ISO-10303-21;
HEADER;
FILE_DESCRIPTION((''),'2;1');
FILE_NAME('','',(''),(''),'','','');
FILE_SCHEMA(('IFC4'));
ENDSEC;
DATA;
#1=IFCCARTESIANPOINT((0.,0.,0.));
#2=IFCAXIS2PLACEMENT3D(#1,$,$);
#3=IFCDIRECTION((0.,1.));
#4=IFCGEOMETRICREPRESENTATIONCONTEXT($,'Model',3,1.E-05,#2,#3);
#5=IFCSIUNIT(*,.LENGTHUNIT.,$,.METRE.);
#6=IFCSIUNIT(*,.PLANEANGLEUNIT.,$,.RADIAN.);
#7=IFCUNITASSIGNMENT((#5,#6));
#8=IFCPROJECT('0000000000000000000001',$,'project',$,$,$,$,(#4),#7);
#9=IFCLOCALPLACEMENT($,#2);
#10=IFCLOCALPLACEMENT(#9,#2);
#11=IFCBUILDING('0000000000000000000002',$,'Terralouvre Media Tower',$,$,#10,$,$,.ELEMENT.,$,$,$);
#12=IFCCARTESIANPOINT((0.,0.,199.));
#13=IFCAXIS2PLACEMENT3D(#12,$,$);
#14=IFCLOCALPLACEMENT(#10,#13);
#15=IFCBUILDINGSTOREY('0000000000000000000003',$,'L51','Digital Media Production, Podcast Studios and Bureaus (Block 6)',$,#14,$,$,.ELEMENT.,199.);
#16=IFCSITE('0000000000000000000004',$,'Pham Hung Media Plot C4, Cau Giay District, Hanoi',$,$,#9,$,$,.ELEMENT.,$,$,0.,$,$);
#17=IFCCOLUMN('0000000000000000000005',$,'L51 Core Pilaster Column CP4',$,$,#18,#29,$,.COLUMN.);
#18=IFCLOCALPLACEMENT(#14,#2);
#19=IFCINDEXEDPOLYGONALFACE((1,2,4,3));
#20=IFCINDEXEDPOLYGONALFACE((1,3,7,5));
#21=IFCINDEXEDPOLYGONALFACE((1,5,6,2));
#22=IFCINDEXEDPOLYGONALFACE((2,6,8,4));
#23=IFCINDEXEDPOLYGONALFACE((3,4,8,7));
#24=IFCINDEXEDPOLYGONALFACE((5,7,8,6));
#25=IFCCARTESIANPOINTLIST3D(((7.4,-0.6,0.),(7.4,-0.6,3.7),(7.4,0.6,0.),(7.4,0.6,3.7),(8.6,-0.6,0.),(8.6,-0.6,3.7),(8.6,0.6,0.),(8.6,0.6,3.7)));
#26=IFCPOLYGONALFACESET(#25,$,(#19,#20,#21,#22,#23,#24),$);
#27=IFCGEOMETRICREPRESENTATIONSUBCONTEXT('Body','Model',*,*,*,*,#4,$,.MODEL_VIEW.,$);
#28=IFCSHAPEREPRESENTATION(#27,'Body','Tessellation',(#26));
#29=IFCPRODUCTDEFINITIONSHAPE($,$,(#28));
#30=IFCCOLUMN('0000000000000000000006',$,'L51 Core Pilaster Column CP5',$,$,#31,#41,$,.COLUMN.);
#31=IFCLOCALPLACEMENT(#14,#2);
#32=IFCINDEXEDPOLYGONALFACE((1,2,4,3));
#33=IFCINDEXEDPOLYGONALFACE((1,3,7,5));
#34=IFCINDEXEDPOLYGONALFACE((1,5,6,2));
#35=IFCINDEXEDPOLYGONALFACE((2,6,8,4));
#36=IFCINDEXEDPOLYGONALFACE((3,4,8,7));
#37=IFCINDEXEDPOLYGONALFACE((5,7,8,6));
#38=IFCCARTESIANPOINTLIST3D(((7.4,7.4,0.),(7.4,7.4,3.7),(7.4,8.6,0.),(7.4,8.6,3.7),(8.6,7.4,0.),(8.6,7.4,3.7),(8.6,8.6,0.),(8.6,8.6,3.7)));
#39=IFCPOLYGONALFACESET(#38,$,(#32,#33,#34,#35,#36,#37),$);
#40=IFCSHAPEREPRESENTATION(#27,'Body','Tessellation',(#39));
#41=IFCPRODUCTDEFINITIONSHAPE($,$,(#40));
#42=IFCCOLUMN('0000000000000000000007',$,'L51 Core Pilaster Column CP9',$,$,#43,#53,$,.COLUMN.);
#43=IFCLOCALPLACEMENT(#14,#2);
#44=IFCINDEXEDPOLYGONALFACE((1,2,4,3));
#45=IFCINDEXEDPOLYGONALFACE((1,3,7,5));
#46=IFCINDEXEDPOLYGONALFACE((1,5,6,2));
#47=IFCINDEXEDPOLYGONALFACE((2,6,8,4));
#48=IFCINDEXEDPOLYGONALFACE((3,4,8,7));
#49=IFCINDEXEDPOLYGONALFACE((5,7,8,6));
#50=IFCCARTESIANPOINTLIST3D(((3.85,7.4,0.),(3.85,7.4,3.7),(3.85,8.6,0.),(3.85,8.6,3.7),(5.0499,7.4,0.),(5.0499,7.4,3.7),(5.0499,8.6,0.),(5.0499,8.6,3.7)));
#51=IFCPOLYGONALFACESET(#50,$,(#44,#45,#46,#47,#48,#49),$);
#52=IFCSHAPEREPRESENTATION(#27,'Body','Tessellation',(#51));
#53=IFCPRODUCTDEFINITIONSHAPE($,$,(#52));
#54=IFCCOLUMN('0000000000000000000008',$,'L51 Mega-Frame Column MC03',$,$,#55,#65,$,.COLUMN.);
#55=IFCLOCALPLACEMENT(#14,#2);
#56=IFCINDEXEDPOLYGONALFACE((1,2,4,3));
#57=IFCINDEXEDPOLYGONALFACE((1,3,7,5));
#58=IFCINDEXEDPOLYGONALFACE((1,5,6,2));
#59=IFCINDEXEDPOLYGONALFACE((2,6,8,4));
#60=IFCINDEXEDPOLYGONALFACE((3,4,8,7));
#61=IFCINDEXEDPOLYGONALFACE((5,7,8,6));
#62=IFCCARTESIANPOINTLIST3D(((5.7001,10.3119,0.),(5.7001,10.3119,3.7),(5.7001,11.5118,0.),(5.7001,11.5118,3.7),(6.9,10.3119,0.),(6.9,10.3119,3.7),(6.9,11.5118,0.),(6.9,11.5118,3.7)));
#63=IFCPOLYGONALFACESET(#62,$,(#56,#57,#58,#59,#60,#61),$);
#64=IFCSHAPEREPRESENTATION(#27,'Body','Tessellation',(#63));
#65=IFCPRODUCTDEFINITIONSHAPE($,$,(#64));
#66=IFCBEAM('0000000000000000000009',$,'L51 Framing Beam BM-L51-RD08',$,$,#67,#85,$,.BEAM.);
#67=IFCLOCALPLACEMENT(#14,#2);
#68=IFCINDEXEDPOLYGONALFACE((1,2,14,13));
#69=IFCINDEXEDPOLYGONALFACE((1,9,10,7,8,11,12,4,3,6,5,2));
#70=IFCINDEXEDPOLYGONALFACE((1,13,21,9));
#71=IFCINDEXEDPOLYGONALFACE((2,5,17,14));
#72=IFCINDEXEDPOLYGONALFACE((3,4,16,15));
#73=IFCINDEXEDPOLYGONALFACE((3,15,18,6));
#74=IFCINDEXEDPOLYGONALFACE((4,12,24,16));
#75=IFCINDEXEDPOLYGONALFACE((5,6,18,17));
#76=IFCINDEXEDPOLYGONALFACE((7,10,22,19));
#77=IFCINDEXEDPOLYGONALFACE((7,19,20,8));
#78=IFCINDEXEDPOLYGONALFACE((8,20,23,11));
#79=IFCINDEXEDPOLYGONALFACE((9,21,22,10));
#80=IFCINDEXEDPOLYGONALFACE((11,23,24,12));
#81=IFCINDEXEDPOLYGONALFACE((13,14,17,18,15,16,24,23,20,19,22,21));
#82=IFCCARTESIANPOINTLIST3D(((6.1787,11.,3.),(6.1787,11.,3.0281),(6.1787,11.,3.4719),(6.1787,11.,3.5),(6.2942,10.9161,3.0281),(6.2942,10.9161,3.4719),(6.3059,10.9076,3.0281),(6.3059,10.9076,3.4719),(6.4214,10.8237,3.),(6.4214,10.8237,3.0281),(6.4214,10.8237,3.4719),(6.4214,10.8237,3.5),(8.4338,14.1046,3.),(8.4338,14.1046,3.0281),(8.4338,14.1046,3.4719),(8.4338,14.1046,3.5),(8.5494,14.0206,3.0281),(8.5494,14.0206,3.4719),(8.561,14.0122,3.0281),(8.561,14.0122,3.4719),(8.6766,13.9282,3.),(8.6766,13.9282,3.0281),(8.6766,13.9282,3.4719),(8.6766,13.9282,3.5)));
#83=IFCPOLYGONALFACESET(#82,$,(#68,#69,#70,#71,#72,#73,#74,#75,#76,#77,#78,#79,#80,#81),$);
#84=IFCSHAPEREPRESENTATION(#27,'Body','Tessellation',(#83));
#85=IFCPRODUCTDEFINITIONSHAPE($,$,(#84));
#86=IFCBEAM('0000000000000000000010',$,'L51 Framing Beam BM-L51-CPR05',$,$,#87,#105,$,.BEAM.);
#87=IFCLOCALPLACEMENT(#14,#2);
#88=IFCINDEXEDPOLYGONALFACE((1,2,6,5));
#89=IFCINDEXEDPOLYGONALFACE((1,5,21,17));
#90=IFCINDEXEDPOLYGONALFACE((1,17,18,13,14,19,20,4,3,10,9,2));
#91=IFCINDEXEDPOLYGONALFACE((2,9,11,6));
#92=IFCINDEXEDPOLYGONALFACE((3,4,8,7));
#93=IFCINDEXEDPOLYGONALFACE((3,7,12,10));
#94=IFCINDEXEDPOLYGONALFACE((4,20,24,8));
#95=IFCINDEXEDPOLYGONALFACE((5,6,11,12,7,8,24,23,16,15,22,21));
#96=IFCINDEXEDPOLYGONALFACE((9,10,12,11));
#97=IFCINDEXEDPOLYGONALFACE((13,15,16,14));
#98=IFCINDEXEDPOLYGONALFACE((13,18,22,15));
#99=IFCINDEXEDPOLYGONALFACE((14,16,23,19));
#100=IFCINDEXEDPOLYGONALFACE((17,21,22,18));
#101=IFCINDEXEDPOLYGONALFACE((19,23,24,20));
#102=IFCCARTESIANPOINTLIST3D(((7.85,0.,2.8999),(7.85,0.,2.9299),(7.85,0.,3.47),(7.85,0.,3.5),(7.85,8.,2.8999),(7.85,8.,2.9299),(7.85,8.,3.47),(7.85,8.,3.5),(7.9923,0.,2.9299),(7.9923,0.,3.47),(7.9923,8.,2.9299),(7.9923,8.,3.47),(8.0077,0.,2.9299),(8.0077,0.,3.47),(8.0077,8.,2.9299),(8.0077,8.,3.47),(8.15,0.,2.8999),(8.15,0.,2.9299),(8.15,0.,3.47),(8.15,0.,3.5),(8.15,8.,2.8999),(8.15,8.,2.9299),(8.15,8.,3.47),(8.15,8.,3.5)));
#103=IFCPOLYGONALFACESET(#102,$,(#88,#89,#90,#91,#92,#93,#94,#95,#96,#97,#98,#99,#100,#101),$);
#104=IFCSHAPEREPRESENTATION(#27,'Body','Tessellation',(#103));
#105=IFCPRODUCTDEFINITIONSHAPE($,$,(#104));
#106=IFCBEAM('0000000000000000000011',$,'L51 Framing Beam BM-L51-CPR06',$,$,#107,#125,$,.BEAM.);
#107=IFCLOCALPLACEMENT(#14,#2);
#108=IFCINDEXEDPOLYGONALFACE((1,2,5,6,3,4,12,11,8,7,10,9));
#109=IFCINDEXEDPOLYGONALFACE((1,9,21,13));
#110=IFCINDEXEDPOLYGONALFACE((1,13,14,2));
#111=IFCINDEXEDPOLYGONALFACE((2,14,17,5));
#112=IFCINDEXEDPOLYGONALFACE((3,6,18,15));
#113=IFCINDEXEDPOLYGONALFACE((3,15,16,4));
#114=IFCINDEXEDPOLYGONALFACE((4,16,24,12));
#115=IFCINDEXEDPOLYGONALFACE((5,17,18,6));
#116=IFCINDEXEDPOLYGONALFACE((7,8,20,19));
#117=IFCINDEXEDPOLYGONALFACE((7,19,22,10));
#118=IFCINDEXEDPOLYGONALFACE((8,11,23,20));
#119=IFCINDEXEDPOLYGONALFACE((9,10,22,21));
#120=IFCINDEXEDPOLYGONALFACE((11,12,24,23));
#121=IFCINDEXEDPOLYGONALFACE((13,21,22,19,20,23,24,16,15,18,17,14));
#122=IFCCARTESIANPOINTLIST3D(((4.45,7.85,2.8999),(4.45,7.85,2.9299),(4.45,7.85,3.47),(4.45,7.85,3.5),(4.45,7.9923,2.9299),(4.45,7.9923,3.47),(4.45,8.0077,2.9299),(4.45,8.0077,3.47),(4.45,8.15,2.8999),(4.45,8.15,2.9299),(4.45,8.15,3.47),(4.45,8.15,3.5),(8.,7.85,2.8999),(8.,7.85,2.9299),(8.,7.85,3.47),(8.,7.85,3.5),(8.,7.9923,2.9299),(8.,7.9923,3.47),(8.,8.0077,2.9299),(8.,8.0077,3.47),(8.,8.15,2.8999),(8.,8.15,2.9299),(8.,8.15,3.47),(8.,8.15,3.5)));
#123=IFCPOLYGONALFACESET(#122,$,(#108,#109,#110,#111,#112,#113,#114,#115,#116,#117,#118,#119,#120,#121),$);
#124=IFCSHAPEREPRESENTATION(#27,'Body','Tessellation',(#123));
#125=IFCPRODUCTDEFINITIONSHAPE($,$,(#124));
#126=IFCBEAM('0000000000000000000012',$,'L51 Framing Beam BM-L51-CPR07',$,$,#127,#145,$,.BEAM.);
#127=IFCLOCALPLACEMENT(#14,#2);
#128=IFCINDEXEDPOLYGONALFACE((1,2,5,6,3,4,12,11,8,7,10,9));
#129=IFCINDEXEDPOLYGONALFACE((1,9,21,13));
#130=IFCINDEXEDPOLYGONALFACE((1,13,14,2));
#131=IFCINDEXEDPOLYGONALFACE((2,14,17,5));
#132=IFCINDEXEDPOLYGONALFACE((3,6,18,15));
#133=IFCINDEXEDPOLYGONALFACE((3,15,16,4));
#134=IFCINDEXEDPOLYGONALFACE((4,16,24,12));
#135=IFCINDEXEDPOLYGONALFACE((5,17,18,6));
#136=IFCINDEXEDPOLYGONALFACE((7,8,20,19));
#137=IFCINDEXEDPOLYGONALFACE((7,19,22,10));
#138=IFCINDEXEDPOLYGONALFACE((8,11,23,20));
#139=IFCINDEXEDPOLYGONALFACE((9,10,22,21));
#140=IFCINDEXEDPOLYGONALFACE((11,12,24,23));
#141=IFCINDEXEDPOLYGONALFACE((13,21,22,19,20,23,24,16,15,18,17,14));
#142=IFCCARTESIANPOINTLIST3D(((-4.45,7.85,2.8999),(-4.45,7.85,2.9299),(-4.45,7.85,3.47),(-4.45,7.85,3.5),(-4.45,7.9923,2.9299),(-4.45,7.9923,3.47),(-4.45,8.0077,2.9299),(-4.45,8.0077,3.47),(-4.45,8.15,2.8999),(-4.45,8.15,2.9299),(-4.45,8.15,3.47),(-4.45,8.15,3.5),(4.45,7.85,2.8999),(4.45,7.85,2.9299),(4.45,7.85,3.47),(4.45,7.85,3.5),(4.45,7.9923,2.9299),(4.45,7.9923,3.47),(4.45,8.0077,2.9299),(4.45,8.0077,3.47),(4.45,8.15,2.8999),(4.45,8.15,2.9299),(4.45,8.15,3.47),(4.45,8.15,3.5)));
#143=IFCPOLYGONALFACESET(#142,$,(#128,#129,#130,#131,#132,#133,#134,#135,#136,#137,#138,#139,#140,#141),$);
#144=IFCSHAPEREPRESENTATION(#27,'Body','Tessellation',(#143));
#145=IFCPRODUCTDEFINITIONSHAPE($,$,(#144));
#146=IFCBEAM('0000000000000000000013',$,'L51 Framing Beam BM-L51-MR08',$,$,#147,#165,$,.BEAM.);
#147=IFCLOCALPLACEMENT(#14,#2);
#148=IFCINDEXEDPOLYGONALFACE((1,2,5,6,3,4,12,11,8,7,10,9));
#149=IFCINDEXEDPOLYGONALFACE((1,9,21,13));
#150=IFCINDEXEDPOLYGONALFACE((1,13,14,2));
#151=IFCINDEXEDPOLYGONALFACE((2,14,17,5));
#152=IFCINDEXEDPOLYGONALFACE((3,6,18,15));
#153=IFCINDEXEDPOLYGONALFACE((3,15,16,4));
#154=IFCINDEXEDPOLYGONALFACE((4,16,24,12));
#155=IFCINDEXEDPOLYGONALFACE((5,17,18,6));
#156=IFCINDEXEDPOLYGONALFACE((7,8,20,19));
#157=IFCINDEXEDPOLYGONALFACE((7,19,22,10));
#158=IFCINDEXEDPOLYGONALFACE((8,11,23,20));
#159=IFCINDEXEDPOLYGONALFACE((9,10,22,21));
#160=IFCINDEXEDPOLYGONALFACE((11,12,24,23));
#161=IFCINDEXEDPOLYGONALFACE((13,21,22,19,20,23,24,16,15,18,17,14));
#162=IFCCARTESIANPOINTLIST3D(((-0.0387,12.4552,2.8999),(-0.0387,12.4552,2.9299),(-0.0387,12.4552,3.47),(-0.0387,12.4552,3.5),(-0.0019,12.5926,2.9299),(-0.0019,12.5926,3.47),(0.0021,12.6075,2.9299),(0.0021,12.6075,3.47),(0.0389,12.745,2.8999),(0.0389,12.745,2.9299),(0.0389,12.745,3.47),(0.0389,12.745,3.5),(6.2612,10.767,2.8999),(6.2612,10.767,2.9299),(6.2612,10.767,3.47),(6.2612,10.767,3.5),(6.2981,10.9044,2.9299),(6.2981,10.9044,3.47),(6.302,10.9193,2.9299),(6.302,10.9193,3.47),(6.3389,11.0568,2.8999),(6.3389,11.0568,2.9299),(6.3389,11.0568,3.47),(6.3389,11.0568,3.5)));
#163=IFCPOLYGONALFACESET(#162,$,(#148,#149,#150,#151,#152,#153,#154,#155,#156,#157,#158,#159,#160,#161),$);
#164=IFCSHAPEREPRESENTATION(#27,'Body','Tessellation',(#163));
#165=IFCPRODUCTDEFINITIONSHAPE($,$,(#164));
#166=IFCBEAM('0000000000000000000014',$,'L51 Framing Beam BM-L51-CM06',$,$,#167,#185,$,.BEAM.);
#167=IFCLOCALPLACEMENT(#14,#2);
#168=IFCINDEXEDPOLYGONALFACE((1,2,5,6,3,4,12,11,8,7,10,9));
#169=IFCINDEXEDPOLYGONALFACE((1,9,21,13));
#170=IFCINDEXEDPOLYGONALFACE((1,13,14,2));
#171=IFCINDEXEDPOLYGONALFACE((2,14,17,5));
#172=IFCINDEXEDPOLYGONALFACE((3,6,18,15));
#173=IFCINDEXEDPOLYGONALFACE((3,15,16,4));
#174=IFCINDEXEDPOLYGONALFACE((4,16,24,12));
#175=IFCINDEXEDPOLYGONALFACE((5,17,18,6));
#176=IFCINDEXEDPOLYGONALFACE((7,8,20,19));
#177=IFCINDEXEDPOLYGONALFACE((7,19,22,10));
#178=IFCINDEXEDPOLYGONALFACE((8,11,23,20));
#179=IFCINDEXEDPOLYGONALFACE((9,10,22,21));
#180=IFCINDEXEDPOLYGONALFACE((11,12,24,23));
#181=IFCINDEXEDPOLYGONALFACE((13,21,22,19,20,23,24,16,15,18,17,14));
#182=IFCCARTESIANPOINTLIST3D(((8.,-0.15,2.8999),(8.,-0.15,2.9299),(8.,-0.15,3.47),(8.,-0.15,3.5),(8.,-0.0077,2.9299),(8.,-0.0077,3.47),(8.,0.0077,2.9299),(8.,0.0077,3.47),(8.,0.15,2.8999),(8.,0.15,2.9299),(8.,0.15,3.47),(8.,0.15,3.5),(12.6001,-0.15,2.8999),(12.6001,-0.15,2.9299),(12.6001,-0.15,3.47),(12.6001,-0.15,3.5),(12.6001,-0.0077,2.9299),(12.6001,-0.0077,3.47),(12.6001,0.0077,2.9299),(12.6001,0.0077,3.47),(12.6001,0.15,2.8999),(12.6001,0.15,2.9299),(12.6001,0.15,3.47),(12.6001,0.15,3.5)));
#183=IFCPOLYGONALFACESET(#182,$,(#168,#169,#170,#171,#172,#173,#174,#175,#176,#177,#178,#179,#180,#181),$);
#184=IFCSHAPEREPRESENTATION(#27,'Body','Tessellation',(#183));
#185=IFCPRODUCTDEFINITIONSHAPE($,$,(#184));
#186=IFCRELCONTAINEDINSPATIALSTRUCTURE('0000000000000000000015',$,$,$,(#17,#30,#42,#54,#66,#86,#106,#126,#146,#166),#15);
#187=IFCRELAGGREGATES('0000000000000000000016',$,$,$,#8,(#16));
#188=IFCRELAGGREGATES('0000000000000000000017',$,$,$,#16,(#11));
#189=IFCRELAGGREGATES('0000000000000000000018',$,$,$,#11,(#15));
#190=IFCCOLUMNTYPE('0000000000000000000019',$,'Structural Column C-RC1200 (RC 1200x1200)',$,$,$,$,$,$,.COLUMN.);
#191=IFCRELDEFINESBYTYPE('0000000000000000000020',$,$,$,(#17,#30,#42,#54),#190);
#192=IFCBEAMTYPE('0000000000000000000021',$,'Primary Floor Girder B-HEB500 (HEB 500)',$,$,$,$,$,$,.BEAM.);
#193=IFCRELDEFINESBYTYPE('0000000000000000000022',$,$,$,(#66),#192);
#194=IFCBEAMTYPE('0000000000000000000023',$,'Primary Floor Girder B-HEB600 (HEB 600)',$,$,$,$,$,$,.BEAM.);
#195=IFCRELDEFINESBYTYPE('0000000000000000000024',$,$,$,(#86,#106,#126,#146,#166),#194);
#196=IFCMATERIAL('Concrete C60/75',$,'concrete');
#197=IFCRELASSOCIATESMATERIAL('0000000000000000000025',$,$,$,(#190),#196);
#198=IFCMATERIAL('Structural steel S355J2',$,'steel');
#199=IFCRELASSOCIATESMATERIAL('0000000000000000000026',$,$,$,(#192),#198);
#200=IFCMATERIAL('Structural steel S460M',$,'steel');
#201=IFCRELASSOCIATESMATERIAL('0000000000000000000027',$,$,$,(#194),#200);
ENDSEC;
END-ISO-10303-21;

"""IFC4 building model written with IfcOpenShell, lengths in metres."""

from ifc_helpers import new_model, si_unit, direction, frame, origin, origin_2d, place, context, subcontext, project, spatial, rectangle, i_section, extrude, material, material_profile, profile_set, type_object, element, save


model = new_model("IFC4")

# Units and contexts
model_context = context("Model", 3, precision=1e-05, world=origin(), true_north=direction((0.0, 1.0)))
body_context = subcontext(model_context, "Body", "Model", "MODEL_VIEW")
ifc_project = project(units=[si_unit("LENGTHUNIT", "METRE"), si_unit("PLANEANGLEUNIT", "RADIAN")], contexts=[model_context])

# Site, building, storey
site_placement = place(None, origin())
site = spatial("IfcSite", under=ifc_project, at=site_placement, Name="Pham Hung Media Plot C4, Cau Giay District, Hanoi", CompositionType="ELEMENT", RefElevation=0.0)
building_placement = place(site_placement, origin())
building = spatial("IfcBuilding", under=site, at=building_placement, Name="Terralouvre Media Tower", CompositionType="ELEMENT")
storey_placement = place(building_placement, frame((0.0, 0.0, 199.0)))
storey = spatial("IfcBuildingStorey", under=building, at=storey_placement, Name="L51", Description="Digital Media Production, Podcast Studios and Bureaus (Block 6)", CompositionType="ELEMENT", Elevation=199.0)

# Columns
ifc_material_1 = material(Name="Concrete C60/75", Category="concrete")
ifc_material_profile_1 = material_profile(ifc_material_1, rectangle(XDim=1.2, YDim=1.2, at=origin_2d()), Name="RC 1200x1200")
ifc_profile_set_1 = profile_set([ifc_material_profile_1], Name="Concrete C60/75")
column_type = type_object("IfcColumnType", Name="Structural Column C-RC1200 (RC 1200x1200)", PredefinedType="COLUMN", material=ifc_profile_set_1)
for number, where, z_axis, x_axis, name in (
    (1, (8.0, 0.0, 0.0), (0.0, 0.0, 1.0), (1.0, 0.0, 0.0), "L51 Core Pilaster Column CP4"),
    (2, (8.0, 8.0, 0.0), (0.0, 0.0, 1.0), (1.0, 0.0, 0.0), "L51 Core Pilaster Column CP5"),
    (3, (4.45, 8.0, 0.0), (0.0, 0.0, 1.0), (1.0, 0.0, 0.0), "L51 Core Pilaster Column CP9"),
    (4, (6.3, 10.9119, 0.0), (0.0, 0.0, 1.0), (1.0, 0.0, 0.0), "L51 Mega-Frame Column MC03"),
):
    element("IfcColumn", number, at=place(storey_placement, frame(where, z_axis=z_axis, x_axis=x_axis)), inside=storey, type_object=column_type, Name=name, PredefinedType="COLUMN", context=body_context, shape_type="SweptSolid", body=[
        extrude(rectangle(XDim=1.2, YDim=1.2, at=origin_2d()), origin(), (0.0, 0.0, 1.0), 3.7),
    ])

# Beams
ifc_material_2 = material(Name="Structural steel S355J2", Category="steel")
ifc_material_profile_2 = material_profile(ifc_material_2, i_section(OverallWidth=0.3, OverallDepth=0.5, WebThickness=0.0144, FlangeThickness=0.0281, at=origin_2d()), Name="HEB 500")
ifc_profile_set_2 = profile_set([ifc_material_profile_2], Name="Structural steel S355J2")
beam_type_1 = type_object("IfcBeamType", Name="Primary Floor Girder B-HEB500 (HEB 500)", PredefinedType="BEAM", material=ifc_profile_set_2)
beam_1_placement = place(storey_placement, frame((6.3, 10.9119, 3.25), z_axis=(0.587714, 0.809069, 0.0), x_axis=(-0.809069, 0.587714, 0.0)))
element("IfcBeam", 5, at=beam_1_placement, inside=storey, type_object=beam_type_1, Name="L51 Framing Beam BM-L51-RD08", PredefinedType="BEAM", context=body_context, shape_type="SweptSolid", body=[
    extrude(i_section(OverallWidth=0.3, OverallDepth=0.5, WebThickness=0.0144, FlangeThickness=0.0281, at=origin_2d()), origin(), (0.0, 0.0, 1.0), 3.8372),
])
ifc_material_3 = material(Name="Structural steel S460M", Category="steel")
ifc_material_profile_3 = material_profile(ifc_material_3, i_section(OverallWidth=0.3, OverallDepth=0.6001, WebThickness=0.0154, FlangeThickness=0.03, at=origin_2d()), Name="HEB 600")
ifc_profile_set_3 = profile_set([ifc_material_profile_3], Name="Structural steel S460M")
beam_type_2 = type_object("IfcBeamType", Name="Primary Floor Girder B-HEB600 (HEB 600)", PredefinedType="BEAM", material=ifc_profile_set_3)
beam_2_placement = place(storey_placement, frame((8.0, 0.0, 3.2), z_axis=(0.0, 1.0, 0.0), x_axis=(-1.0, 0.0, 0.0)))
element("IfcBeam", 6, at=beam_2_placement, inside=storey, type_object=beam_type_2, Name="L51 Framing Beam BM-L51-CPR05", PredefinedType="BEAM", context=body_context, shape_type="SweptSolid", body=[
    extrude(i_section(OverallWidth=0.3, OverallDepth=0.6001, WebThickness=0.0154, FlangeThickness=0.03, at=origin_2d()), origin(), (0.0, 0.0, 1.0), 8.0),
])
beam_3_placement = place(storey_placement, frame((8.0, 8.0, 3.2), z_axis=(-1.0, 0.0, 0.0), x_axis=(0.0, -1.0, 0.0)))
element("IfcBeam", 7, at=beam_3_placement, inside=storey, type_object=beam_type_2, Name="L51 Framing Beam BM-L51-CPR06", PredefinedType="BEAM", context=body_context, shape_type="SweptSolid", body=[
    extrude(i_section(OverallWidth=0.3, OverallDepth=0.6001, WebThickness=0.0154, FlangeThickness=0.03, at=origin_2d()), origin(), (0.0, 0.0, 1.0), 3.55),
])
beam_4_placement = place(storey_placement, frame((4.45, 8.0, 3.2), z_axis=(-1.0, 0.0, 0.0), x_axis=(0.0, -1.0, 0.0)))
element("IfcBeam", 8, at=beam_4_placement, inside=storey, type_object=beam_type_2, Name="L51 Framing Beam BM-L51-CPR07", PredefinedType="BEAM", context=body_context, shape_type="SweptSolid", body=[
    extrude(i_section(OverallWidth=0.3, OverallDepth=0.6001, WebThickness=0.0154, FlangeThickness=0.03, at=origin_2d()), origin(), (0.0, 0.0, 1.0), 8.8999),
])
beam_5_placement = place(storey_placement, frame((6.3, 10.9119, 3.2), z_axis=(-0.96592, 0.258839, 0.0), x_axis=(-0.258839, -0.96592, 0.0)))
element("IfcBeam", 9, at=beam_5_placement, inside=storey, type_object=beam_type_2, Name="L51 Framing Beam BM-L51-MR08", PredefinedType="BEAM", context=body_context, shape_type="SweptSolid", body=[
    extrude(i_section(OverallWidth=0.3, OverallDepth=0.6001, WebThickness=0.0154, FlangeThickness=0.03, at=origin_2d()), origin(), (0.0, 0.0, 1.0), 6.5222),
])
beam_6_placement = place(storey_placement, frame((8.0, 0.0, 3.2), z_axis=(1.0, 0.0, 0.0), x_axis=(0.0, 1.0, 0.0)))
element("IfcBeam", 10, at=beam_6_placement, inside=storey, type_object=beam_type_2, Name="L51 Framing Beam BM-L51-CM06", PredefinedType="BEAM", context=body_context, shape_type="SweptSolid", body=[
    extrude(i_section(OverallWidth=0.3, OverallDepth=0.6001, WebThickness=0.0154, FlangeThickness=0.03, at=origin_2d()), origin(), (0.0, 0.0, 1.0), 4.6001),
])

save(model, "model.ifc")
